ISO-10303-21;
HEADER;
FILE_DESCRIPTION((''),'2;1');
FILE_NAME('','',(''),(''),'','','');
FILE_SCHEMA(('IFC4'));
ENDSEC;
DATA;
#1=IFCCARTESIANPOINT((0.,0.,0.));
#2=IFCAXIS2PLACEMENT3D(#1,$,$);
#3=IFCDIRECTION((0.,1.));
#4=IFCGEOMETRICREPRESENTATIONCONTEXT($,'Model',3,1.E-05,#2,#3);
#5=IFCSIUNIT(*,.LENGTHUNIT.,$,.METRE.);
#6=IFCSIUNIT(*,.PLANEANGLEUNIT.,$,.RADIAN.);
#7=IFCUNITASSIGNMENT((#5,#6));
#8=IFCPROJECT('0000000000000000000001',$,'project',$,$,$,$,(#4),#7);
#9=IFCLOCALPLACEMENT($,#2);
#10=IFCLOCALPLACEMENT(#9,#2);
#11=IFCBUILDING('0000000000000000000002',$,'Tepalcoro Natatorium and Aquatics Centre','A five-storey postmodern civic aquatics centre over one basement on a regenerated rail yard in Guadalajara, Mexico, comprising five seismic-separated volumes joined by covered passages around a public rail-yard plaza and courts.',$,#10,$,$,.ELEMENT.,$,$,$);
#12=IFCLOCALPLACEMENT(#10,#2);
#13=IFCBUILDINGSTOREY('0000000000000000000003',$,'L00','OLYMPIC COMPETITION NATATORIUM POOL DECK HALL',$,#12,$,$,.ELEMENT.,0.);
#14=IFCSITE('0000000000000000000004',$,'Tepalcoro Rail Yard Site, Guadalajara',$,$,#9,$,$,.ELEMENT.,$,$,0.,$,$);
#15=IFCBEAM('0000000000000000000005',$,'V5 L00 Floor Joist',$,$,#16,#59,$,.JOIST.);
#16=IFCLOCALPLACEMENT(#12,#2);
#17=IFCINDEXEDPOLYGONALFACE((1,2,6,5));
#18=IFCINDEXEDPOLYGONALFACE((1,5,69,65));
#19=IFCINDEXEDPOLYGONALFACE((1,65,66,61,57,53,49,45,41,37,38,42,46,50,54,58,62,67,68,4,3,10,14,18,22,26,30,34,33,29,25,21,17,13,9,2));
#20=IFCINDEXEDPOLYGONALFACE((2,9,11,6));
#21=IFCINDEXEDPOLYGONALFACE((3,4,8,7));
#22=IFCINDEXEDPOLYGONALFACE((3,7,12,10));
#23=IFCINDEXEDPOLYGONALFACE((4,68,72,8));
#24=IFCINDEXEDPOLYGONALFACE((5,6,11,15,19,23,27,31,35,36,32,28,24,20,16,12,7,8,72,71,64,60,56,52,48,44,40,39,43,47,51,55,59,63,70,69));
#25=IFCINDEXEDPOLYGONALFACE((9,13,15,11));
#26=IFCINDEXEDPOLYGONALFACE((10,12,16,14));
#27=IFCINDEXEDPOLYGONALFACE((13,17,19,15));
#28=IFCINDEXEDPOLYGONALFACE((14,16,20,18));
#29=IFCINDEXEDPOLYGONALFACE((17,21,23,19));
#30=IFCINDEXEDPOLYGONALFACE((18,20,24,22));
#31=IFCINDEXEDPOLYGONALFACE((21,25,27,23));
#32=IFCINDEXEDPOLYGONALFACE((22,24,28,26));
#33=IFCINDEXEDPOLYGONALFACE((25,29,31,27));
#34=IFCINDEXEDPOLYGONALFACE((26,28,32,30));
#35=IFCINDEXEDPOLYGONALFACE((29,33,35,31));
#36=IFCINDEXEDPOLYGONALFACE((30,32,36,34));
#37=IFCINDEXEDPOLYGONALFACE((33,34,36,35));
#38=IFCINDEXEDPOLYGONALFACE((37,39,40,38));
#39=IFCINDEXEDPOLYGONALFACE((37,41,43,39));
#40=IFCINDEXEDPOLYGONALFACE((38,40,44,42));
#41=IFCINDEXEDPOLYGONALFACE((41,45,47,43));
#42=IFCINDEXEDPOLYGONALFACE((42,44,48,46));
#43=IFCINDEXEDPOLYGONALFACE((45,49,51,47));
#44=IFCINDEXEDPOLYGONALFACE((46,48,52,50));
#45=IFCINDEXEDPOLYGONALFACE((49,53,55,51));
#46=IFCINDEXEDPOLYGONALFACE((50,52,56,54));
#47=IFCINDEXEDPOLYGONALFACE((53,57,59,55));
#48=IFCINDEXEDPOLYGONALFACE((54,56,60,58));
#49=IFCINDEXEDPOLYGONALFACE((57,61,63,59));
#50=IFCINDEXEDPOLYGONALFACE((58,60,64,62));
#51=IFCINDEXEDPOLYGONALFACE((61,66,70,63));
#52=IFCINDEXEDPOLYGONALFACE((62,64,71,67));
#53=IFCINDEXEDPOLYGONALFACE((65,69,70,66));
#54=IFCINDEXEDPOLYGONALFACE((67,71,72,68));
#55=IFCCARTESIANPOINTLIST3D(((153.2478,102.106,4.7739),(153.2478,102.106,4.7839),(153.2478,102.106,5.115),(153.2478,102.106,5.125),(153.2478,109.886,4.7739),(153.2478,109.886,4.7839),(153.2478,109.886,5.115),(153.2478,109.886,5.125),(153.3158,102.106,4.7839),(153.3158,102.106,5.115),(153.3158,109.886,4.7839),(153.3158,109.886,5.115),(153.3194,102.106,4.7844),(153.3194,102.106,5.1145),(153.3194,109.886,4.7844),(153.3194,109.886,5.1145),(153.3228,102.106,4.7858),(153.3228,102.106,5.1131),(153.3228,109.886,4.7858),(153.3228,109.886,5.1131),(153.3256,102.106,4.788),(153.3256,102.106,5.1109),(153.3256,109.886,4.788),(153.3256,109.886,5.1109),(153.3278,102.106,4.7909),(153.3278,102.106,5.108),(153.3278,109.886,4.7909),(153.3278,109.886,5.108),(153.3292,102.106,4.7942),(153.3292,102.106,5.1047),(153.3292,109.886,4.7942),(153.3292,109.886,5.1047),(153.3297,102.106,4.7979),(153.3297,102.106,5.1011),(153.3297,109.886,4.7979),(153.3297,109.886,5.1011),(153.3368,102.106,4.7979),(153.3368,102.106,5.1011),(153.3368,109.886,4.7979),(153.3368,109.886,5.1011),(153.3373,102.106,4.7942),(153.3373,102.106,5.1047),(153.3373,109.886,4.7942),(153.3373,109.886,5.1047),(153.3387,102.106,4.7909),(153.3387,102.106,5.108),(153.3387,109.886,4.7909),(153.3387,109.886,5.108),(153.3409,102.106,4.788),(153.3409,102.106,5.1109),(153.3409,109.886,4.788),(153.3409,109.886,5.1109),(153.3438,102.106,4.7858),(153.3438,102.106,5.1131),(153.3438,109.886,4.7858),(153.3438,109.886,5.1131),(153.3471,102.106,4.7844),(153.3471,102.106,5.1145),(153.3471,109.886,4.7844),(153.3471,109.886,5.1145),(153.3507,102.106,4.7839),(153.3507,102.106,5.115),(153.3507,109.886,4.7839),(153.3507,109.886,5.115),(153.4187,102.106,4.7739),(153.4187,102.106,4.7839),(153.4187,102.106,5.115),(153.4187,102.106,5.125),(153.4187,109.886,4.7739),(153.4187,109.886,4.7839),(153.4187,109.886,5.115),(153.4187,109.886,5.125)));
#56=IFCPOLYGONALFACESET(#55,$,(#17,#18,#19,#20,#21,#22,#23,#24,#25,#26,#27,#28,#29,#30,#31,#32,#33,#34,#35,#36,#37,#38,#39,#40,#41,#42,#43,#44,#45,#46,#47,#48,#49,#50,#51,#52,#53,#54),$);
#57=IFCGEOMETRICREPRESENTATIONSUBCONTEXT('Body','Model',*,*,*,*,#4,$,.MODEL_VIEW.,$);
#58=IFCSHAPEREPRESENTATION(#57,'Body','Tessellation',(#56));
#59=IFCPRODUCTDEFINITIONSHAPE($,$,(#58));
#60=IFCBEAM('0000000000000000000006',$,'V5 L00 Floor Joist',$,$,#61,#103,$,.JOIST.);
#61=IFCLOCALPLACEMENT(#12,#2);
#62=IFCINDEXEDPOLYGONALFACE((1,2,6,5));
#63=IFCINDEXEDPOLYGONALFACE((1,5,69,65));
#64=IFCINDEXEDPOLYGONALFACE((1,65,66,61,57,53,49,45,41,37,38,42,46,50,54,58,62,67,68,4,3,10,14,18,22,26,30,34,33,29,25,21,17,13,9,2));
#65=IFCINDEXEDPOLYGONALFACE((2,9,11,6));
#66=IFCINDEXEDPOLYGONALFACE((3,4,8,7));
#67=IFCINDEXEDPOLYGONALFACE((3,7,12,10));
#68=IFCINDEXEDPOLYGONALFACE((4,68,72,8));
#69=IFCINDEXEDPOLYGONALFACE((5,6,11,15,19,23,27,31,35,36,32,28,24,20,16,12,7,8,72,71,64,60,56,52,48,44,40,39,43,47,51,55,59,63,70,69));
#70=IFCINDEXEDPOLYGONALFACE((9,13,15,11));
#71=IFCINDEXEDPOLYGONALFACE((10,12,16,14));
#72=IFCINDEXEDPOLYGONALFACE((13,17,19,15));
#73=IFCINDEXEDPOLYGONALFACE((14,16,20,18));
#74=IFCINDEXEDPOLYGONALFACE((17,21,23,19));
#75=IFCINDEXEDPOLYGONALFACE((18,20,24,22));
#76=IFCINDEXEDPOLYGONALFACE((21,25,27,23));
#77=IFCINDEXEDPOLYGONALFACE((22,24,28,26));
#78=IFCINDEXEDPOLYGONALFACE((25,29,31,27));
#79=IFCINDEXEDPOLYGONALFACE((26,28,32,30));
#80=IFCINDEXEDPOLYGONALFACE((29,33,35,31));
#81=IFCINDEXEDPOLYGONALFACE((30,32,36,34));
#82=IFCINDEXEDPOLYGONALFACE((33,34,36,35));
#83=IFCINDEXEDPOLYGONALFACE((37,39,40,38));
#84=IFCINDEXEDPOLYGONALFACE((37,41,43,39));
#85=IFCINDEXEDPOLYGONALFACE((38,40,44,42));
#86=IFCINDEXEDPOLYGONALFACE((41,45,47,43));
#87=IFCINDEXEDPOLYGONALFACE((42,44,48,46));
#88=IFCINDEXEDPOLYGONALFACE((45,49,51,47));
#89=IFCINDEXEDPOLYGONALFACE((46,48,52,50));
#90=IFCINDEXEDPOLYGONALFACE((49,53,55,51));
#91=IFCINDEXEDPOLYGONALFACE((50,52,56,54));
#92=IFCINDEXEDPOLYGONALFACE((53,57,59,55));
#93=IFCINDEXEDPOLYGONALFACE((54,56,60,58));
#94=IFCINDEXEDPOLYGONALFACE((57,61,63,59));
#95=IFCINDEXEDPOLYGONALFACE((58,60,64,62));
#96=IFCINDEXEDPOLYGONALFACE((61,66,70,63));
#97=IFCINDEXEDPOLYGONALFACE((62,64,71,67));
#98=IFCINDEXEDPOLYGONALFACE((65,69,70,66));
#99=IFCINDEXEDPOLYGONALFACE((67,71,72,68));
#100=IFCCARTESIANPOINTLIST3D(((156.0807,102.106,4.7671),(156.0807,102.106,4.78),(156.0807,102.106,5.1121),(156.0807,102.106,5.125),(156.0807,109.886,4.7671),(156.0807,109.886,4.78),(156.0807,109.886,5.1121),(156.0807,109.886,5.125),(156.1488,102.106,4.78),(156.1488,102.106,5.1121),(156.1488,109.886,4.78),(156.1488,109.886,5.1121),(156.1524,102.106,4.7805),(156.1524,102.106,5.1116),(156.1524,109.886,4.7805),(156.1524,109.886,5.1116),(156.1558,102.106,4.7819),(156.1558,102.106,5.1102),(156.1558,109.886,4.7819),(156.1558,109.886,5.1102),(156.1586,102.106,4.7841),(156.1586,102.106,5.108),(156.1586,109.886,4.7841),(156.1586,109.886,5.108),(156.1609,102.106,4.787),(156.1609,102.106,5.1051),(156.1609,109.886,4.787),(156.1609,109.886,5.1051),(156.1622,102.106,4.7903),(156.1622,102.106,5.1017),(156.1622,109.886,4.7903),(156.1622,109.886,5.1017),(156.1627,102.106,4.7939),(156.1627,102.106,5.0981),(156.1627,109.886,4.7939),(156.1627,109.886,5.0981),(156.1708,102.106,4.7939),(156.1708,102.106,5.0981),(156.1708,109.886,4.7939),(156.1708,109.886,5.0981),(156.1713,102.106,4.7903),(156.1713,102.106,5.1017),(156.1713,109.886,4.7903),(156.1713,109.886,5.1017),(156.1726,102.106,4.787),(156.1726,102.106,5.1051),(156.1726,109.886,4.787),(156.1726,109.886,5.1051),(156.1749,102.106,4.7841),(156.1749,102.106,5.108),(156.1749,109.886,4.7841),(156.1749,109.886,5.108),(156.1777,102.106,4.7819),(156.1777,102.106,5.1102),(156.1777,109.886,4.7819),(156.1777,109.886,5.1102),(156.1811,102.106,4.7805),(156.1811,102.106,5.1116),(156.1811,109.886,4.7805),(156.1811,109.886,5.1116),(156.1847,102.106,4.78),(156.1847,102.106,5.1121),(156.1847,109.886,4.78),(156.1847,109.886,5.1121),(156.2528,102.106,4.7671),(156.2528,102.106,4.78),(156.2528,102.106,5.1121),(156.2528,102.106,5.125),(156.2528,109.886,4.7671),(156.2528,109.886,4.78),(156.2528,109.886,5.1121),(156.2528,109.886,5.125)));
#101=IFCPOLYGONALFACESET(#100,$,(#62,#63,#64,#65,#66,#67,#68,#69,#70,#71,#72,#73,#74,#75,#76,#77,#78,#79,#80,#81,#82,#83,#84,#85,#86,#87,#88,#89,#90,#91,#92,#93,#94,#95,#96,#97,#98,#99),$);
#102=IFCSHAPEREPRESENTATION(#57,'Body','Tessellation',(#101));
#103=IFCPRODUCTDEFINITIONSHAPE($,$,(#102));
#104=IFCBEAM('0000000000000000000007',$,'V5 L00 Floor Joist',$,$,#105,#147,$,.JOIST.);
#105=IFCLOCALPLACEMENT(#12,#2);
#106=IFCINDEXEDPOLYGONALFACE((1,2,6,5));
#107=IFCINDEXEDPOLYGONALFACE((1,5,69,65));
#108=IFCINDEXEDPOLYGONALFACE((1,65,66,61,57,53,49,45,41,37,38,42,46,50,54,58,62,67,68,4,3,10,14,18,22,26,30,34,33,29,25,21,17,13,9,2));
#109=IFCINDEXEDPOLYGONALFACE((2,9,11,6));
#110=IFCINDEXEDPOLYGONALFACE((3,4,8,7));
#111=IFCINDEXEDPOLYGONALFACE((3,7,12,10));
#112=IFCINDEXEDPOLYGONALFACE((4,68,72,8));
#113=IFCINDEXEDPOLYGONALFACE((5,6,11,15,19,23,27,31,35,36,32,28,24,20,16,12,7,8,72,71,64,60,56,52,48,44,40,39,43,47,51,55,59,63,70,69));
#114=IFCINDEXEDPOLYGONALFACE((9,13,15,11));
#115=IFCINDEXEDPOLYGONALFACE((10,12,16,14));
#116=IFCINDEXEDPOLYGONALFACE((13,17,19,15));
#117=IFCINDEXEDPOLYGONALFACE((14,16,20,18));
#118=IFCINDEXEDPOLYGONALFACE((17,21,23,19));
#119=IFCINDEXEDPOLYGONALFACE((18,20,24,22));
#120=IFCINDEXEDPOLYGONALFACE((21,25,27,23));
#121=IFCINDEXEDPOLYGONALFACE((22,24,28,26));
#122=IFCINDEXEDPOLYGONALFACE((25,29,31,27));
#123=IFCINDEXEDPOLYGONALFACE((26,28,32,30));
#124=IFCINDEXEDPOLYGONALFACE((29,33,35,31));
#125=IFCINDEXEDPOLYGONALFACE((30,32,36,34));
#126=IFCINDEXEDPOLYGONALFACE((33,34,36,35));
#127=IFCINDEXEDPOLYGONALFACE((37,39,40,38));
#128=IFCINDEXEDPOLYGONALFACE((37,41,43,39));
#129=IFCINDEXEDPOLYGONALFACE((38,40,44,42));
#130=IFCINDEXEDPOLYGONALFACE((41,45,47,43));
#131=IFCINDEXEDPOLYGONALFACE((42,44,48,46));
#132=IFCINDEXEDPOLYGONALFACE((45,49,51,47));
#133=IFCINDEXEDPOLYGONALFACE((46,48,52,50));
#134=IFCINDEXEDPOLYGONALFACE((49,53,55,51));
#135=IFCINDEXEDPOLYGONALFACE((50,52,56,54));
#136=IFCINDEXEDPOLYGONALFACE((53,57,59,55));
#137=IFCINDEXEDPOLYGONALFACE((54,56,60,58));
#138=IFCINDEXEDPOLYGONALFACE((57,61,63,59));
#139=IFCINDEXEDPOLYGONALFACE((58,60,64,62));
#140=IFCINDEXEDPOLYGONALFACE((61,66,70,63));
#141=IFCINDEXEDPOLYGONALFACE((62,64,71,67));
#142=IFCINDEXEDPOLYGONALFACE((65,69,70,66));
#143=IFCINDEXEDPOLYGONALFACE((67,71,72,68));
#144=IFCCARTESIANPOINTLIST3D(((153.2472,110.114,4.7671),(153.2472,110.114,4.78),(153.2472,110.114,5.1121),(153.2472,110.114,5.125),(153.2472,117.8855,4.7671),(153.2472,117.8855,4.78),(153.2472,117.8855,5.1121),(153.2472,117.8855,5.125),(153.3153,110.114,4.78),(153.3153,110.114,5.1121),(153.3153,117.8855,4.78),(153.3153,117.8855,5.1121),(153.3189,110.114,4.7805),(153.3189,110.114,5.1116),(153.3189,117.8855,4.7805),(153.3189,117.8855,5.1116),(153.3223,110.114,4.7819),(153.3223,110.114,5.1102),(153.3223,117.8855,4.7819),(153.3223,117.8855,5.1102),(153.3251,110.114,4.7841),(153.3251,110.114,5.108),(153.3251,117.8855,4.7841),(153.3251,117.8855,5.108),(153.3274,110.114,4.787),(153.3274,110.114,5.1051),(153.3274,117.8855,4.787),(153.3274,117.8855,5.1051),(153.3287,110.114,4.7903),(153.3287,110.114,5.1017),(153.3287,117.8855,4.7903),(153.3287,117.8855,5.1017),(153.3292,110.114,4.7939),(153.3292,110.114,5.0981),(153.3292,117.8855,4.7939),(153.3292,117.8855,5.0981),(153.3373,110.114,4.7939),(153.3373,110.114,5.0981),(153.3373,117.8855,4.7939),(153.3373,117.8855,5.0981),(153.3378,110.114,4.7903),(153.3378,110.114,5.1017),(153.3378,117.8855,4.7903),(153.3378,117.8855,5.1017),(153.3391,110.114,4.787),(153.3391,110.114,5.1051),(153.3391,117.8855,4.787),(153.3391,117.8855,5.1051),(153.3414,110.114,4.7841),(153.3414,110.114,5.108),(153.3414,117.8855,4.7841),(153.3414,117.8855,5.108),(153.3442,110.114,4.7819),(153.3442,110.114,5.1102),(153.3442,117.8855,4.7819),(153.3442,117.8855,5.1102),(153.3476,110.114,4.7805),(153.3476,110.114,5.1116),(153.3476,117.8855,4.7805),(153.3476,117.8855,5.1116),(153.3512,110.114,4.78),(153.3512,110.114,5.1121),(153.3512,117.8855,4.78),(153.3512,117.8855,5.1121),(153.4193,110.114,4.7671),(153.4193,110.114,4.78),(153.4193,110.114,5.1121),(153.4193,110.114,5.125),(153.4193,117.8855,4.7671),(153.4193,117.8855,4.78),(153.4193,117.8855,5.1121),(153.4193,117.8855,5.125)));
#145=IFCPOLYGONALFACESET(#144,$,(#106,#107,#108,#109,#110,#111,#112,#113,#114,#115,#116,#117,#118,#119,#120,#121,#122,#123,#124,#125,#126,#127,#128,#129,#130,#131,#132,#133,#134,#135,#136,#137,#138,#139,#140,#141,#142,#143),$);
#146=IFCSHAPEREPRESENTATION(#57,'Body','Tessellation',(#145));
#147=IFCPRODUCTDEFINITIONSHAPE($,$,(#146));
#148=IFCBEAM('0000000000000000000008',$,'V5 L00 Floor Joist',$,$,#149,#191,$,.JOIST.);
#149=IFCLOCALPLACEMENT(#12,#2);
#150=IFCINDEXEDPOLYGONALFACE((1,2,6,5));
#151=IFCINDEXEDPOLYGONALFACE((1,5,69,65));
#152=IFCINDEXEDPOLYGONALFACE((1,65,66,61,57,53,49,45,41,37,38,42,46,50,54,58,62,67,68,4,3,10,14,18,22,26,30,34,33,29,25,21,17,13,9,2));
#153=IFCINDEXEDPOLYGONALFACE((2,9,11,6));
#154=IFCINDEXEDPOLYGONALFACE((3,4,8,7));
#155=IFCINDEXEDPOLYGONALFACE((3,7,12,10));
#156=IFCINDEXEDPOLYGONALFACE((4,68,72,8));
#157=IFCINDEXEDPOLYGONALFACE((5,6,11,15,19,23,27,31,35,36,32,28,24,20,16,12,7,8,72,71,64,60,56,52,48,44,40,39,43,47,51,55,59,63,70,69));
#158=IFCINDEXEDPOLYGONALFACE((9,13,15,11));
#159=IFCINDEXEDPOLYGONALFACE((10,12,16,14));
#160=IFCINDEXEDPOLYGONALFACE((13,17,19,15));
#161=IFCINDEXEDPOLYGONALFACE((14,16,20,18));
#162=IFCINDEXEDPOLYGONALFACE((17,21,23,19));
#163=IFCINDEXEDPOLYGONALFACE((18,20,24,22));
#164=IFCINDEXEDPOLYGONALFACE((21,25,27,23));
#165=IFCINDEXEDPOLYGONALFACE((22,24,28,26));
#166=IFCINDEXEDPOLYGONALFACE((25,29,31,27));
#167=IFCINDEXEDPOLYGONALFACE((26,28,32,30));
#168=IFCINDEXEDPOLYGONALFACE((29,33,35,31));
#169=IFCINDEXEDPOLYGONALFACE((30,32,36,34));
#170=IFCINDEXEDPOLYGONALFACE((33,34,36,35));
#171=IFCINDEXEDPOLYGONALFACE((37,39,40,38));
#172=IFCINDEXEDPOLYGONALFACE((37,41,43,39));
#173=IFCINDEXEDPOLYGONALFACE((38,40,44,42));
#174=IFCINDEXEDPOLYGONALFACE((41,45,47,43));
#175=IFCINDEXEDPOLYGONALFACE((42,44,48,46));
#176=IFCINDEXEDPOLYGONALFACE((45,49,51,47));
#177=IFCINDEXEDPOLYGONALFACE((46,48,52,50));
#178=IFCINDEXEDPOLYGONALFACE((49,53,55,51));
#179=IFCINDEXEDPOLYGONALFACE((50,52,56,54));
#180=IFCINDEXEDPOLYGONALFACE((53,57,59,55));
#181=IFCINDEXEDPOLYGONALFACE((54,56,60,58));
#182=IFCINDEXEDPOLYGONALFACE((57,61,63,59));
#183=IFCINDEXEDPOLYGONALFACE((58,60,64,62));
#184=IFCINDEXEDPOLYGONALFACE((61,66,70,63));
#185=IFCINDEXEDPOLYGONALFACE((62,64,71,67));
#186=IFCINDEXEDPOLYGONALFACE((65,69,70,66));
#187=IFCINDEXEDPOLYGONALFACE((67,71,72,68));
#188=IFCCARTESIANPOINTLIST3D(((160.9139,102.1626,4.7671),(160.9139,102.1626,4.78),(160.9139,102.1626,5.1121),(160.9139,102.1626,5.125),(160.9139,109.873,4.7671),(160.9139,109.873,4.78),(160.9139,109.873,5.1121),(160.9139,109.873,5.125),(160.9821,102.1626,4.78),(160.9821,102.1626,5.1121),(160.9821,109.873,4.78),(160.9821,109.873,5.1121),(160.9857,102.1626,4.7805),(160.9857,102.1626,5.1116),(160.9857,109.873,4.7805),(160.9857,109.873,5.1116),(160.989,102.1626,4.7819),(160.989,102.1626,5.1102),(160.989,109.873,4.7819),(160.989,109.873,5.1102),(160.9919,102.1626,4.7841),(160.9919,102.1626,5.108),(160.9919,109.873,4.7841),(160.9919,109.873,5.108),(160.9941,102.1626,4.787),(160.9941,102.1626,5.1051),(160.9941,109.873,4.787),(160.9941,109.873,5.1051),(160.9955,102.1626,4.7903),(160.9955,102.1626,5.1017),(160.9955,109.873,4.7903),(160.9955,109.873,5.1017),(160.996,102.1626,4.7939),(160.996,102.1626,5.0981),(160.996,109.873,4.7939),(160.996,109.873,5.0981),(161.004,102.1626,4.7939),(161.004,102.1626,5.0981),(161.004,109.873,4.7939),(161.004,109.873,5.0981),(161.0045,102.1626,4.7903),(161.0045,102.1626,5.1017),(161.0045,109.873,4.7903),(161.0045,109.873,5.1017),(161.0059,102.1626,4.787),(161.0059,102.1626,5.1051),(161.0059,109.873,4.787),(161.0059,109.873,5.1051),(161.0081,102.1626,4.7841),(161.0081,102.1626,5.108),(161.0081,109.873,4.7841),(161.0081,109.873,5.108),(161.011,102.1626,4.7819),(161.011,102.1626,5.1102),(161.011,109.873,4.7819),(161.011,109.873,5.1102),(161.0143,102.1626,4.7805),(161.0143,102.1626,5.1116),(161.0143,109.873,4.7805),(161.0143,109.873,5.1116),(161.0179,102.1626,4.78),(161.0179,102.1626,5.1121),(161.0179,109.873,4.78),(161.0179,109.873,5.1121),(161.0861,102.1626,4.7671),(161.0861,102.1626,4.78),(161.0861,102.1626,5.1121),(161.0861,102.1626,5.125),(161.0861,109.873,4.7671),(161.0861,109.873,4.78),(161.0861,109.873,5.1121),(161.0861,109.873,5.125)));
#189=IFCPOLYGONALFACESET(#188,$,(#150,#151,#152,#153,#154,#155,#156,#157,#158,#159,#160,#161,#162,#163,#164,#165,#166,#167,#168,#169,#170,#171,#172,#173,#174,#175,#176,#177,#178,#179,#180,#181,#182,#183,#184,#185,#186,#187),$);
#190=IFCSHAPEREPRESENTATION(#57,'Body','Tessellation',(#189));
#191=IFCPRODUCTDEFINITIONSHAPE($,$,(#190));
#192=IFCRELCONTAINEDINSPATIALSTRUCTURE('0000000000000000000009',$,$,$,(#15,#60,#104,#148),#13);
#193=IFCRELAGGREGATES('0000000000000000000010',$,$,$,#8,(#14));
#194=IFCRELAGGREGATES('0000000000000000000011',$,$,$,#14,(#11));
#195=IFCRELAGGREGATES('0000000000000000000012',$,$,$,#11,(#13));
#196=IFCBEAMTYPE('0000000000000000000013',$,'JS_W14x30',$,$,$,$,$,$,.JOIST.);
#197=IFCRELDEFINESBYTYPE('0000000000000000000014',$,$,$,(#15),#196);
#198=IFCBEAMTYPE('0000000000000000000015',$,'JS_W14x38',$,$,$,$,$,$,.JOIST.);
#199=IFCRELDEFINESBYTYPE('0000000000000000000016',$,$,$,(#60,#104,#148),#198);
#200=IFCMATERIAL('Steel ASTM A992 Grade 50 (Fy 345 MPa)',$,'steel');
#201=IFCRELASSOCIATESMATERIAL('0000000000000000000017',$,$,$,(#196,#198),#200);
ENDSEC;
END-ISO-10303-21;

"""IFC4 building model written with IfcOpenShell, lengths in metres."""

from ifc_helpers import new_model, si_unit, direction, frame, origin, origin_2d, place, context, subcontext, project, spatial, i_section, extrude, material, material_profile, profile_set, type_object, element, save


model = new_model("IFC4")

# Units and contexts
model_context = context("Model", 3, precision=1e-05, world=origin(), true_north=direction((0.0, 1.0)))
body_context = subcontext(model_context, "Body", "Model", "MODEL_VIEW")
ifc_project = project(units=[si_unit("LENGTHUNIT", "METRE"), si_unit("PLANEANGLEUNIT", "RADIAN")], contexts=[model_context])

# Site, building, storey
site_placement = place(None, origin())
site = spatial("IfcSite", under=ifc_project, at=site_placement, Name="Tepalcoro Rail Yard Site, Guadalajara", CompositionType="ELEMENT", RefElevation=0.0)
building_placement = place(site_placement, origin())
building = spatial("IfcBuilding", under=site, at=building_placement, Name="Tepalcoro Natatorium and Aquatics Centre", Description="A five-storey postmodern civic aquatics centre over one basement on a regenerated rail yard in Guadalajara, Mexico, comprising five seismic-separated volumes joined by covered passages around a public rail-yard plaza and courts.", CompositionType="ELEMENT")
storey_placement = place(building_placement, origin())
storey = spatial("IfcBuildingStorey", under=building, at=storey_placement, Name="L00", Description="OLYMPIC COMPETITION NATATORIUM POOL DECK HALL", CompositionType="ELEMENT", Elevation=0.0)

# Beams
ifc_material_1 = material(Name="Steel ASTM A992 Grade 50 (Fy 345 MPa)", Category="steel")
ifc_material_profile_1 = material_profile(ifc_material_1, i_section(OverallWidth=0.1709, OverallDepth=0.3511, WebThickness=0.0071, FlangeThickness=0.01, FilletRadius=0.0139, at=origin_2d()), Name="W14X30")
ifc_profile_set_1 = profile_set([ifc_material_profile_1], Name="Steel ASTM A992 Grade 50 (Fy 345 MPa)")
beam_type_1 = type_object("IfcBeamType", Name="JS_W14x30", PredefinedType="JOIST", material=ifc_profile_set_1)
beam_1_placement = place(storey_placement, frame((153.3333, 102.106, 4.9495), z_axis=(0.0, 1.0, 0.0), x_axis=(-1.0, 0.0, 0.0)))
element("IfcBeam", 1, at=beam_1_placement, inside=storey, type_object=beam_type_1, Name="V5 L00 Floor Joist", PredefinedType="JOIST", context=body_context, shape_type="SweptSolid", body=[
    extrude(i_section(OverallWidth=0.1709, OverallDepth=0.3511, WebThickness=0.0071, FlangeThickness=0.01, FilletRadius=0.0139, at=origin_2d()), origin(), (0.0, 0.0, 1.0), 7.78),
])
ifc_material_profile_2 = material_profile(ifc_material_1, i_section(OverallWidth=0.1721, OverallDepth=0.3579, WebThickness=0.0081, FlangeThickness=0.0129, FilletRadius=0.0139, at=origin_2d()), Name="W14X38")
ifc_profile_set_2 = profile_set([ifc_material_profile_2], Name="Steel ASTM A992 Grade 50 (Fy 345 MPa)")
beam_type_2 = type_object("IfcBeamType", Name="JS_W14x38", PredefinedType="JOIST", material=ifc_profile_set_2)
beam_2_placement = place(storey_placement, frame((156.1667, 102.106, 4.946), z_axis=(0.0, 1.0, 0.0), x_axis=(-1.0, 0.0, 0.0)))
element("IfcBeam", 2, at=beam_2_placement, inside=storey, type_object=beam_type_2, Name="V5 L00 Floor Joist", PredefinedType="JOIST", context=body_context, shape_type="SweptSolid", body=[
    extrude(i_section(OverallWidth=0.1721, OverallDepth=0.3579, WebThickness=0.0081, FlangeThickness=0.0129, FilletRadius=0.0139, at=origin_2d()), origin(), (0.0, 0.0, 1.0), 7.78),
])
beam_3_placement = place(storey_placement, frame((153.3333, 110.114, 4.946), z_axis=(0.0, 1.0, 0.0), x_axis=(-1.0, 0.0, 0.0)))
element("IfcBeam", 3, at=beam_3_placement, inside=storey, type_object=beam_type_2, Name="V5 L00 Floor Joist", PredefinedType="JOIST", context=body_context, shape_type="SweptSolid", body=[
    extrude(i_section(OverallWidth=0.1721, OverallDepth=0.3579, WebThickness=0.0081, FlangeThickness=0.0129, FilletRadius=0.0139, at=origin_2d()), origin(), (0.0, 0.0, 1.0), 7.7715),
])
beam_4_placement = place(storey_placement, frame((161.0, 102.1626, 4.946), z_axis=(0.0, 1.0, 0.0), x_axis=(-1.0, 0.0, 0.0)))
element("IfcBeam", 4, at=beam_4_placement, inside=storey, type_object=beam_type_2, Name="V5 L00 Floor Joist", PredefinedType="JOIST", context=body_context, shape_type="SweptSolid", body=[
    extrude(i_section(OverallWidth=0.1721, OverallDepth=0.3579, WebThickness=0.0081, FlangeThickness=0.0129, FilletRadius=0.0139, at=origin_2d()), origin(), (0.0, 0.0, 1.0), 7.7104),
])

save(model, "model.ifc")
